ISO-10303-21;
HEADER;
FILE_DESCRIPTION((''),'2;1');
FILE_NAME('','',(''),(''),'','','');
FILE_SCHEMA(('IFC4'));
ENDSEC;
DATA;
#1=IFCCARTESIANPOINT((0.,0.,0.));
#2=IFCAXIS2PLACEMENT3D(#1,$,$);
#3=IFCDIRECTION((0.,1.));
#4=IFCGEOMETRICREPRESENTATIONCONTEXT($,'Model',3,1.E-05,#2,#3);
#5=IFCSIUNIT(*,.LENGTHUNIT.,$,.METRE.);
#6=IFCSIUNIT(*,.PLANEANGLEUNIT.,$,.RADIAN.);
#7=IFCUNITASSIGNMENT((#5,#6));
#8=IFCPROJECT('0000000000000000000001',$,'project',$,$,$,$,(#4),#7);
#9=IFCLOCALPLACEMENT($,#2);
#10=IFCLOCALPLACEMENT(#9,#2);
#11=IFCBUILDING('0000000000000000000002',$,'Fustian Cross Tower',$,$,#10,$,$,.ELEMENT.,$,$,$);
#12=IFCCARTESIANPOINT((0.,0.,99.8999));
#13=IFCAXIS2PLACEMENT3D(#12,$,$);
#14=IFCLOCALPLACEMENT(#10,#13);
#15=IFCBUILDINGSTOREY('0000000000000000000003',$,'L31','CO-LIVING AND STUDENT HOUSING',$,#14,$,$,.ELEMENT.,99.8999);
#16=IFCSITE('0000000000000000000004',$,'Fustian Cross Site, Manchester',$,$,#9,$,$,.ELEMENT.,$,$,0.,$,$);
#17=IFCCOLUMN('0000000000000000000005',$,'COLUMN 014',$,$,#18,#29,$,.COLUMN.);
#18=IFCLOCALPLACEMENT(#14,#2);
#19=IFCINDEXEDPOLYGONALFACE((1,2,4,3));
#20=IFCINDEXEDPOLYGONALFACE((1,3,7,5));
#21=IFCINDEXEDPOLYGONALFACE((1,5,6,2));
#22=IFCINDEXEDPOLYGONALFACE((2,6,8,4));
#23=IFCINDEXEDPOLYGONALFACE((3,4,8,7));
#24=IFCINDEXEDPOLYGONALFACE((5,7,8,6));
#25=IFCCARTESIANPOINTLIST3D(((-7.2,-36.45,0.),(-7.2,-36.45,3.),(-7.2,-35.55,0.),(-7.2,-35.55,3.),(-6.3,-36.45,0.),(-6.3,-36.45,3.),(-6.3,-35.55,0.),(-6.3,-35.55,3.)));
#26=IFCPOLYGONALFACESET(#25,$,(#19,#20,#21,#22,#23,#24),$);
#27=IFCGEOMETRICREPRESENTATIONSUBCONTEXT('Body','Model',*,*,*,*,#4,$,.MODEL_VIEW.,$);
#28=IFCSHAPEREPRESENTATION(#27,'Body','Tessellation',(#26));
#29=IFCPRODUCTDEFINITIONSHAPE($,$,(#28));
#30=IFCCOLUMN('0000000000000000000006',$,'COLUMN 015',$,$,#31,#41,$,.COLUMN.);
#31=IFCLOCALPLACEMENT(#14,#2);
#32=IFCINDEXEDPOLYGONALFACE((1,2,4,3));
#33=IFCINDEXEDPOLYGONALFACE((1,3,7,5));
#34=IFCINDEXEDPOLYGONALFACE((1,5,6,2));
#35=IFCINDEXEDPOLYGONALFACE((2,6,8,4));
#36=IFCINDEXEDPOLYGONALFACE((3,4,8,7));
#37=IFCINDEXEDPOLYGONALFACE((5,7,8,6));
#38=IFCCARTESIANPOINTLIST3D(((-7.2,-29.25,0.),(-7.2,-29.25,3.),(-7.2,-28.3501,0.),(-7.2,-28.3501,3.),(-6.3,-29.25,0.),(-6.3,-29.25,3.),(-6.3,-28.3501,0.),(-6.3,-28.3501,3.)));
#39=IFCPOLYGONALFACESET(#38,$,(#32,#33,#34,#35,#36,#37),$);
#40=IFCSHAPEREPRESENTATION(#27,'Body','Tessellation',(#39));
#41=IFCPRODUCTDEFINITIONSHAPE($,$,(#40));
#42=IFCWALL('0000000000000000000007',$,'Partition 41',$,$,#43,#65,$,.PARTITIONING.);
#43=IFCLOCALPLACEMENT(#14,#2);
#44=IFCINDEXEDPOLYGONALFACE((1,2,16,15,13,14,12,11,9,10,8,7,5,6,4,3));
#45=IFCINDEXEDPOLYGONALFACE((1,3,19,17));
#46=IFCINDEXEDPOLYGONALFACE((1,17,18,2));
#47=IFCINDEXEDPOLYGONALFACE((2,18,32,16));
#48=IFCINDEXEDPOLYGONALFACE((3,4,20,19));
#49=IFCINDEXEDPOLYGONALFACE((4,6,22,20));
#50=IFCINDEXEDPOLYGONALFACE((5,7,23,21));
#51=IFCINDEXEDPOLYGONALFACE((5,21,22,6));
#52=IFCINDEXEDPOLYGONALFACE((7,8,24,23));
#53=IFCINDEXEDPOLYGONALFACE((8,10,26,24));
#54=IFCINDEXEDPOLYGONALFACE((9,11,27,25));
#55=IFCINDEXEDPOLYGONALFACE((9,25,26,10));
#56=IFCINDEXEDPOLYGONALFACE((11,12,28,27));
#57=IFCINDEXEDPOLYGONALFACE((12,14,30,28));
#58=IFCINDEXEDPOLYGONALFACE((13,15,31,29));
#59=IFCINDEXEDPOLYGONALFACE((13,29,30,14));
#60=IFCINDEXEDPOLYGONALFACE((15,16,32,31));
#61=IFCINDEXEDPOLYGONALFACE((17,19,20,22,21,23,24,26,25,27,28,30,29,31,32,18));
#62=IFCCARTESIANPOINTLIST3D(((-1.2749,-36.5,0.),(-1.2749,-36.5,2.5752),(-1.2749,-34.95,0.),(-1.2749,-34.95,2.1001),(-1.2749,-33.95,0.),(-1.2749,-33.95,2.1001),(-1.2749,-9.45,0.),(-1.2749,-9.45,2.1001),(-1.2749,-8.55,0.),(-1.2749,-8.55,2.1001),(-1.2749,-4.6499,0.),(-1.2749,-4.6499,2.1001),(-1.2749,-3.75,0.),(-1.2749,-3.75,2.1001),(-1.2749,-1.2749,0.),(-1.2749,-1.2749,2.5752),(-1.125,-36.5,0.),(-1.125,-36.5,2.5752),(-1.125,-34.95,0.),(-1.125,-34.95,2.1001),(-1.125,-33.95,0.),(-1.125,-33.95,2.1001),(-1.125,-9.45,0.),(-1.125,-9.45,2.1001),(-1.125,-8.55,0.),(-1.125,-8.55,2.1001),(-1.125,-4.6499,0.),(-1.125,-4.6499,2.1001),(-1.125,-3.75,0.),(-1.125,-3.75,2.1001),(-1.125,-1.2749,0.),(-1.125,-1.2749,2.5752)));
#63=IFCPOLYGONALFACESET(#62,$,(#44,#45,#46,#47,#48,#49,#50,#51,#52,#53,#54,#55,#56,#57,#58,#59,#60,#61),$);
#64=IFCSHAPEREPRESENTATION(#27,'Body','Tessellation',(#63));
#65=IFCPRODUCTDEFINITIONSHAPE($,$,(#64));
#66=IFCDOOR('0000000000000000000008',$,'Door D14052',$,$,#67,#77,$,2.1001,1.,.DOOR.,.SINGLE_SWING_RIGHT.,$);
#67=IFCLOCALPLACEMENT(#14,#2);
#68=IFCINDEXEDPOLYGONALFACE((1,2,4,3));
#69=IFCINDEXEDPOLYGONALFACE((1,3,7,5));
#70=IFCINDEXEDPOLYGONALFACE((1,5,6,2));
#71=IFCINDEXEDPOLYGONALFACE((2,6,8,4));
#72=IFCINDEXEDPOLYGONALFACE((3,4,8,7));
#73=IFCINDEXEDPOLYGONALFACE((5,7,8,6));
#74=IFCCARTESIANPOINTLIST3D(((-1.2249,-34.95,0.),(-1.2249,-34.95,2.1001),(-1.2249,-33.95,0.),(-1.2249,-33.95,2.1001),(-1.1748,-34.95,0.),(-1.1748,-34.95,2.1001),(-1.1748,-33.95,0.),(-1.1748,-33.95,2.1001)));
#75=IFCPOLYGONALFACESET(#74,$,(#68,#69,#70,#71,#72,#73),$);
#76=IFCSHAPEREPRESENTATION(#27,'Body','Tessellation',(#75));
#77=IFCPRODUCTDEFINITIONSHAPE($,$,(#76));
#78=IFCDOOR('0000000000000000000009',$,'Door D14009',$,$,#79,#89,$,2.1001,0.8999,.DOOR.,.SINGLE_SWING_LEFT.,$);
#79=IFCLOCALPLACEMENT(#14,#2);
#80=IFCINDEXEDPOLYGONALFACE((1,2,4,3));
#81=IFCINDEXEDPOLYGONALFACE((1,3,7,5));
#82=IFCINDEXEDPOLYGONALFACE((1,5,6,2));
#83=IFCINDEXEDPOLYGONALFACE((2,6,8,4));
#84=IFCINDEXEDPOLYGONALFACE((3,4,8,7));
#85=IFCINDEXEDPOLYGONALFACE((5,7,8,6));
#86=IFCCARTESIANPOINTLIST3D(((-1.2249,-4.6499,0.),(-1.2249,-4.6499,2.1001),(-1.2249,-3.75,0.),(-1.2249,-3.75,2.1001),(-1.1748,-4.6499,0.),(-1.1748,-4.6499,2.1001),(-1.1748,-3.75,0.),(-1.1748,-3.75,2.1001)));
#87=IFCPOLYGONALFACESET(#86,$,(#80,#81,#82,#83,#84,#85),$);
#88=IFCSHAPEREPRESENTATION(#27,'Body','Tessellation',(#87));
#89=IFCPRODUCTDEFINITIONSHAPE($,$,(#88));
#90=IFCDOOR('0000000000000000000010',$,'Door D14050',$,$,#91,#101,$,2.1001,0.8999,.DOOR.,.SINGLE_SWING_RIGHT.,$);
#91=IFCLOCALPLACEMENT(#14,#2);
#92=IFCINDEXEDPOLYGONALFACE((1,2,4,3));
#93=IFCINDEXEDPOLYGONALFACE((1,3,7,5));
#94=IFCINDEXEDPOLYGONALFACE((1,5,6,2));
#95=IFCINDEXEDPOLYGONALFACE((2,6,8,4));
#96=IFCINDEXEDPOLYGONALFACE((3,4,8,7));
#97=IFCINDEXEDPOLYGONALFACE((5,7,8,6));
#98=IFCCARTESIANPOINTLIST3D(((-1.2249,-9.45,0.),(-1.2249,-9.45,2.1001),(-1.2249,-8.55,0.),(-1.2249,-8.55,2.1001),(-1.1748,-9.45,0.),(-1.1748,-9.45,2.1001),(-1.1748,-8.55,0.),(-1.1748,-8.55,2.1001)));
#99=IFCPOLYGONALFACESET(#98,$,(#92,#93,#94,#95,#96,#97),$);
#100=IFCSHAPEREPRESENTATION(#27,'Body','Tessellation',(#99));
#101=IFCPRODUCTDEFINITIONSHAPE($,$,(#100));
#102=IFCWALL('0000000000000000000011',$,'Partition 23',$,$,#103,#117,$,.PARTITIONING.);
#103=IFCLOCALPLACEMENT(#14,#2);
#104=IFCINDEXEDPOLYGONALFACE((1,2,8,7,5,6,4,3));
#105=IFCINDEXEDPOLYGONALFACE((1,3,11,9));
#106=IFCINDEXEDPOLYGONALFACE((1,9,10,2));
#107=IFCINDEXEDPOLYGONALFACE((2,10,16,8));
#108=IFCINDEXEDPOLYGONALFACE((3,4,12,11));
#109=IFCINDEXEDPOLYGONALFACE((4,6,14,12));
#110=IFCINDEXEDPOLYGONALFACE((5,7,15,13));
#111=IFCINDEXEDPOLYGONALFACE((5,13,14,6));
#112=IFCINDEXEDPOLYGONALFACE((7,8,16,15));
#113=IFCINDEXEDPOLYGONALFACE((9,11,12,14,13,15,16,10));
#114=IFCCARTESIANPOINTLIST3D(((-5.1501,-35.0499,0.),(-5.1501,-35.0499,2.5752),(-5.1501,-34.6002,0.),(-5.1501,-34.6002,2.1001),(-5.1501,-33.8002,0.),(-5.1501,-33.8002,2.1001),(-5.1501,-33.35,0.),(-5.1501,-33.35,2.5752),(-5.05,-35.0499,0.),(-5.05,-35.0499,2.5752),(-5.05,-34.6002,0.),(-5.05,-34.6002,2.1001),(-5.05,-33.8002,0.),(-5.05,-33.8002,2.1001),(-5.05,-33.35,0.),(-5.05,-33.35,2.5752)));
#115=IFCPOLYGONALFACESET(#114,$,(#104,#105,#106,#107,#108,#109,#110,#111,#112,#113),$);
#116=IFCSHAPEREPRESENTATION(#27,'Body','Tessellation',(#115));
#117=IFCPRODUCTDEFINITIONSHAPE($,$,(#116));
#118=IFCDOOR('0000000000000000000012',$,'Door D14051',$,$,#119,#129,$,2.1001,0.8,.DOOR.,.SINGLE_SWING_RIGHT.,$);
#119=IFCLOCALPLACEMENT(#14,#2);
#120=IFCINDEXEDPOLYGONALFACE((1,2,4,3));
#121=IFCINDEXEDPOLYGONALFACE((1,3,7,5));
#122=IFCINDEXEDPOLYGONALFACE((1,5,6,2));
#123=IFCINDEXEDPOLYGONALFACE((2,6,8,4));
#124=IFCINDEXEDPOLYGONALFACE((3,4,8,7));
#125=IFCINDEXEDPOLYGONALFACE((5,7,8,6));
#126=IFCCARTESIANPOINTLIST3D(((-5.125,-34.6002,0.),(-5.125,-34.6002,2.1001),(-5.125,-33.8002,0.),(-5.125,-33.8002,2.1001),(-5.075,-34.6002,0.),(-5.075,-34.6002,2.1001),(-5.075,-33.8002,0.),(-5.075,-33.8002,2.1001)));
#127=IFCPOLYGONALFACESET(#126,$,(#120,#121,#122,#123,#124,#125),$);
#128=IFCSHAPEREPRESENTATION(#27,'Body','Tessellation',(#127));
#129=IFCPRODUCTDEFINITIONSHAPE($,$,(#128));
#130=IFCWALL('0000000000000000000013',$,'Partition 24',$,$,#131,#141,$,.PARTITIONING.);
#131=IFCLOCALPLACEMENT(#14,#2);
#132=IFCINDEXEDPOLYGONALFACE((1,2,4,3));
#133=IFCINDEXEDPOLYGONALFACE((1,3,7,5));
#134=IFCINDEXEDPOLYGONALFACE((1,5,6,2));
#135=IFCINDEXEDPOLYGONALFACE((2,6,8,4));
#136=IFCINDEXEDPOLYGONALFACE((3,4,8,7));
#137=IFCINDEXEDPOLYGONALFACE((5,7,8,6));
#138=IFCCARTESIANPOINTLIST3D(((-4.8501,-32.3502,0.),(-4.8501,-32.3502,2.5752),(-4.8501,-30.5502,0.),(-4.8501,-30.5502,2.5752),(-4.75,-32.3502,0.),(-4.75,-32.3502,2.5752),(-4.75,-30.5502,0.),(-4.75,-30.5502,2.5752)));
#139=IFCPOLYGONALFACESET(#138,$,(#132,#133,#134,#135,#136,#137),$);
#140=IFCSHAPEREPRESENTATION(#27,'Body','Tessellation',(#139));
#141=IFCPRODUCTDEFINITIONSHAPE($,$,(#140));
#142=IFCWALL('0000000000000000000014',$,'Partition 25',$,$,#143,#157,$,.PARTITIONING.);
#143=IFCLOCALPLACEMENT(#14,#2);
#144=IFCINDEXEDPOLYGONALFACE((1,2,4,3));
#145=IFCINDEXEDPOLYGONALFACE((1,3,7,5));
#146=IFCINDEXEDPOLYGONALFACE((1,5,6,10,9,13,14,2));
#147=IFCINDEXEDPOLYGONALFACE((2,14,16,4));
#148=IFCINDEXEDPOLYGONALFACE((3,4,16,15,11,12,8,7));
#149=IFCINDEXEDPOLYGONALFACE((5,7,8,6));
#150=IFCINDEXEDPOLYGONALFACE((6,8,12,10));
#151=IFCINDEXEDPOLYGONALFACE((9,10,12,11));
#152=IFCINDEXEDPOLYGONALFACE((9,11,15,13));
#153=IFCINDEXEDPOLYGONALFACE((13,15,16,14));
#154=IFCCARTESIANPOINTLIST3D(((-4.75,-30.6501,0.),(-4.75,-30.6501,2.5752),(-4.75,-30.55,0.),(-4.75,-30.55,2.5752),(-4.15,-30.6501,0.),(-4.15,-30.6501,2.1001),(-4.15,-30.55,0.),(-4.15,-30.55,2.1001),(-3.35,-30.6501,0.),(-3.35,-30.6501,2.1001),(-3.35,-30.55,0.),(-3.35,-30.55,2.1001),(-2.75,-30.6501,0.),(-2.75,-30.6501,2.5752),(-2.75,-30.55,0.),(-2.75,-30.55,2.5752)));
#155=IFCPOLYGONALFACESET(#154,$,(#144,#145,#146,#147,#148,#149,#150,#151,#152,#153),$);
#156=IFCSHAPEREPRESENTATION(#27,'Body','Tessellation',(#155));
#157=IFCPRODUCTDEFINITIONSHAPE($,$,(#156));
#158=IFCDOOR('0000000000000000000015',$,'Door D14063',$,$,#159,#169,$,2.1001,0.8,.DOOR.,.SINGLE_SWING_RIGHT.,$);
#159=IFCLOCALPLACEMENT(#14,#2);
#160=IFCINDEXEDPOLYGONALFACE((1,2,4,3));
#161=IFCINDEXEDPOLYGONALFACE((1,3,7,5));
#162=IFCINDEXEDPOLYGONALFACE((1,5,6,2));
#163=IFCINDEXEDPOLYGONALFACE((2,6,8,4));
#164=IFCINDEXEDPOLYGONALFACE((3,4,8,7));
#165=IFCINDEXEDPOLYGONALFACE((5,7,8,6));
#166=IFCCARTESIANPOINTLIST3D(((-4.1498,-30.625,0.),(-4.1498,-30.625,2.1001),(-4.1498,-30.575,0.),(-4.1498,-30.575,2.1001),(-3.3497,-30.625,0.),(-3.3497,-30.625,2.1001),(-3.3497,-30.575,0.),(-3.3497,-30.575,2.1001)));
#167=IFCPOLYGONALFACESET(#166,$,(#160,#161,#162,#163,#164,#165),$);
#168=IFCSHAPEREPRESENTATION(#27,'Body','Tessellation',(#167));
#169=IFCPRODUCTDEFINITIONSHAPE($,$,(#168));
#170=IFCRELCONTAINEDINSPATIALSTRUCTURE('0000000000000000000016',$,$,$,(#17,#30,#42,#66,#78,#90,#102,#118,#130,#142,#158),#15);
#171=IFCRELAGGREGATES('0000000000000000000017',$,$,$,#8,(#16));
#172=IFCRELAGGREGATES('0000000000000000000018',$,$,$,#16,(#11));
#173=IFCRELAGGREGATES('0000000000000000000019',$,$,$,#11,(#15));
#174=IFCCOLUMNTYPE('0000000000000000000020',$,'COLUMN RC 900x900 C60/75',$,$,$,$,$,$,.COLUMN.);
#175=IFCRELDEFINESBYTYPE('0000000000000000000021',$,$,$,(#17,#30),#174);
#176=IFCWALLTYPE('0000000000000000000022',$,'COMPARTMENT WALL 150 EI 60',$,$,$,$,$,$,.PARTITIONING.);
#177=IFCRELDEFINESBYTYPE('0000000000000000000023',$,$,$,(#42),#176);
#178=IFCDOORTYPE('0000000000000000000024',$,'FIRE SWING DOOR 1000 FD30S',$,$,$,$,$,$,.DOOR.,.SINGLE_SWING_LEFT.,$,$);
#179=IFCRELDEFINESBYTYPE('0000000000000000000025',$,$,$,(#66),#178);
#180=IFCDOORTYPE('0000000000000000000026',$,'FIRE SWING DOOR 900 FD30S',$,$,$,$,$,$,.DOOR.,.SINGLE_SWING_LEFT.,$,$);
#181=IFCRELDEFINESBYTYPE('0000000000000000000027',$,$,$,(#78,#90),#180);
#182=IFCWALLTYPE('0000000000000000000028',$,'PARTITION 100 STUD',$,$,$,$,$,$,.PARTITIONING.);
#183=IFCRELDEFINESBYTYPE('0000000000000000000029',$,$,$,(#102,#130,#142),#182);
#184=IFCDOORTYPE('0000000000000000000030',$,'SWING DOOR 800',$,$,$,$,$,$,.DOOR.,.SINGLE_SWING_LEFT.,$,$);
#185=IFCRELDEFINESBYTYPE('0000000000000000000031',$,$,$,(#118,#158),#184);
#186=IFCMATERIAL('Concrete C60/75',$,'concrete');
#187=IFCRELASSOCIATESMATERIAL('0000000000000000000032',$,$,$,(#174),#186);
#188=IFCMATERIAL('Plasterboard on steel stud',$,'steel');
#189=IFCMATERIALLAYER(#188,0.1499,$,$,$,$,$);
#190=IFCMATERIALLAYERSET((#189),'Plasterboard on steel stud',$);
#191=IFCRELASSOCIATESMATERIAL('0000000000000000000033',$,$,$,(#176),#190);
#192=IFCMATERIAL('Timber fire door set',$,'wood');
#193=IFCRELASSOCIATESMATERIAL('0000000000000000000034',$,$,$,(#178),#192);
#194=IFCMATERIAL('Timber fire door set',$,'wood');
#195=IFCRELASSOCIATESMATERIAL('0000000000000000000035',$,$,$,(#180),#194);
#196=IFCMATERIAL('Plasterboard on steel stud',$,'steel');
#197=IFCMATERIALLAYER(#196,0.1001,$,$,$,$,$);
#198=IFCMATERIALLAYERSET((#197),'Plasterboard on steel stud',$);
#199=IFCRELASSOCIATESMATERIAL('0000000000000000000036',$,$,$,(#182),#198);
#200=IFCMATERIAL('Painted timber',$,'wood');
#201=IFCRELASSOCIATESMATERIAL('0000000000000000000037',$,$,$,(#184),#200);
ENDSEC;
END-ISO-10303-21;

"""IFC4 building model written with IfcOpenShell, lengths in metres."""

from ifc_helpers import new_model, si_unit, direction, frame, frame_2d, origin, origin_2d, place, context, subcontext, project, spatial, rectangle, extrude, material, layer, layer_set, material_profile, profile_set, type_object, element, fill, save


model = new_model("IFC4")

# Units and contexts
model_context = context("Model", 3, precision=1e-05, world=origin(), true_north=direction((0.0, 1.0)))
body_context = subcontext(model_context, "Body", "Model", "MODEL_VIEW")
ifc_project = project(units=[si_unit("LENGTHUNIT", "METRE"), si_unit("PLANEANGLEUNIT", "RADIAN")], contexts=[model_context])

# Site, building, storey
site_placement = place(None, origin())
site = spatial("IfcSite", under=ifc_project, at=site_placement, Name="Fustian Cross Site, Manchester", CompositionType="ELEMENT", RefElevation=0.0)
building_placement = place(site_placement, origin())
building = spatial("IfcBuilding", under=site, at=building_placement, Name="Fustian Cross Tower", CompositionType="ELEMENT")
storey_placement = place(building_placement, frame((0.0, 0.0, 99.8999)))
storey = spatial("IfcBuildingStorey", under=building, at=storey_placement, Name="L31", Description="CO-LIVING AND STUDENT HOUSING", CompositionType="ELEMENT", Elevation=99.8999)

# Columns
ifc_material_1 = material(Name="Concrete C60/75", Category="concrete")
ifc_material_profile = material_profile(ifc_material_1, rectangle(XDim=0.8999, YDim=0.8999, at=origin_2d()), Name="RC 900x900")
ifc_profile_set = profile_set([ifc_material_profile], Name="Concrete C60/75")
column_type = type_object("IfcColumnType", Name="COLUMN RC 900x900 C60/75", PredefinedType="COLUMN", material=ifc_profile_set)
for number, where, z_axis, x_axis, name in (
    (1, (-6.75, -36.0, 0.0), (0.0, 0.0, 1.0), (1.0, 0.0, 0.0), "COLUMN 014"),
    (2, (-6.75, -28.8, 0.0), (0.0, 0.0, 1.0), (1.0, 0.0, 0.0), "COLUMN 015"),
):
    element("IfcColumn", number, at=place(storey_placement, frame(where, z_axis=z_axis, x_axis=x_axis)), inside=storey, type_object=column_type, Name=name, PredefinedType="COLUMN", context=body_context, shape_type="SweptSolid", body=[
        extrude(rectangle(XDim=0.8999, YDim=0.8999, at=origin_2d()), origin(), (0.0, 0.0, 1.0), 3.0),
    ])

# Wall, openings, doors
ifc_material_2 = material(Name="Plasterboard on steel stud", Category="steel")
ifc_layer_1 = layer(ifc_material_2, 0.1499)
ifc_layer_set_1 = layer_set([ifc_layer_1], Name="Plasterboard on steel stud")
wall_type_1 = type_object("IfcWallType", Name="COMPARTMENT WALL 150 EI 60", PredefinedType="PARTITIONING", material=ifc_layer_set_1)
wall_1_placement = place(storey_placement, frame((-1.2, -36.5, 0.0), z_axis=(0.0, 0.0, 1.0), x_axis=(0.0, 1.0, 0.0)))
wall_1 = element("IfcWall", 3, at=wall_1_placement, inside=storey, type_object=wall_type_1, Name="Partition 41", PredefinedType="PARTITIONING", context=body_context, shape_type="SweptSolid", body=[
    extrude(rectangle(XDim=35.2251, YDim=0.1499, at=frame_2d((17.6125, 0.0))), origin(), (0.0, 0.0, 1.0), 2.5752),
])
opening_1_placement = place(wall_1_placement, frame((31.8501, 0.0, 0.0)))
opening_1 = element("IfcOpeningElement", 4, at=opening_1_placement, cuts=wall_1, PredefinedType="OPENING", context=body_context, shape_type="SweptSolid", body=[
    extrude(rectangle(XDim=0.8999, YDim=2.1001, at=frame_2d((0.45, 1.05))), frame((0.0, 0.085, 0.0), z_axis=(0.0, -1.0, 0.0), x_axis=(1.0, 0.0, 0.0)), (0.0, 0.0, 1.0), 0.1699),
])
opening_2_placement = place(wall_1_placement, frame((27.05, 0.0, 0.0)))
opening_2 = element("IfcOpeningElement", 5, at=opening_2_placement, cuts=wall_1, PredefinedType="OPENING", context=body_context, shape_type="SweptSolid", body=[
    extrude(rectangle(XDim=0.8999, YDim=2.1001, at=frame_2d((0.45, 1.05))), frame((0.0, 0.085, 0.0), z_axis=(0.0, -1.0, 0.0), x_axis=(1.0, 0.0, 0.0)), (0.0, 0.0, 1.0), 0.1699),
])
opening_3_placement = place(wall_1_placement, frame((1.55, 0.0, 0.0)))
opening_3 = element("IfcOpeningElement", 6, at=opening_3_placement, cuts=wall_1, PredefinedType="OPENING", context=body_context, shape_type="SweptSolid", body=[
    extrude(rectangle(XDim=1.0, YDim=2.1001, at=frame_2d((0.5, 1.05))), frame((0.0, 0.085, 0.0), z_axis=(0.0, -1.0, 0.0), x_axis=(1.0, 0.0, 0.0)), (0.0, 0.0, 1.0), 0.1699),
])
ifc_material_3 = material(Name="Timber fire door set", Category="wood")
door_type_1 = type_object("IfcDoorType", Name="FIRE SWING DOOR 1000 FD30S", OperationType="SINGLE_SWING_LEFT", PredefinedType="DOOR", material=ifc_material_3)
door_1_placement = place(opening_3_placement, origin())
door_1 = element("IfcDoor", 7, at=door_1_placement, inside=storey, type_object=door_type_1, Name="Door D14052", OperationType="SINGLE_SWING_RIGHT", OverallHeight=2.1001, OverallWidth=1.0, PredefinedType="DOOR", context=body_context, shape_type="SweptSolid", body=[
    extrude(rectangle(XDim=1.0, YDim=2.1001, at=frame_2d((0.5, 1.05))), frame((0.0, 0.0249, 0.0), z_axis=(0.0, -1.0, 0.0), x_axis=(1.0, 0.0, 0.0)), (0.0, 0.0, 1.0), 0.05),
])
fill(opening_3, door_1)
ifc_material_4 = material(Name="Timber fire door set", Category="wood")
door_type_2 = type_object("IfcDoorType", Name="FIRE SWING DOOR 900 FD30S", OperationType="SINGLE_SWING_LEFT", PredefinedType="DOOR", material=ifc_material_4)
door_2_placement = place(opening_1_placement, origin())
door_2 = element("IfcDoor", 8, at=door_2_placement, inside=storey, type_object=door_type_2, Name="Door D14009", OperationType="SINGLE_SWING_LEFT", OverallHeight=2.1001, OverallWidth=0.8999, PredefinedType="DOOR", context=body_context, shape_type="SweptSolid", body=[
    extrude(rectangle(XDim=0.8999, YDim=2.1001, at=frame_2d((0.45, 1.05))), frame((0.0, 0.0249, 0.0), z_axis=(0.0, -1.0, 0.0), x_axis=(1.0, 0.0, 0.0)), (0.0, 0.0, 1.0), 0.05),
])
fill(opening_1, door_2)
door_3_placement = place(opening_2_placement, origin())
door_3 = element("IfcDoor", 9, at=door_3_placement, inside=storey, type_object=door_type_2, Name="Door D14050", OperationType="SINGLE_SWING_RIGHT", OverallHeight=2.1001, OverallWidth=0.8999, PredefinedType="DOOR", context=body_context, shape_type="SweptSolid", body=[
    extrude(rectangle(XDim=0.8999, YDim=2.1001, at=frame_2d((0.45, 1.05))), frame((0.0, 0.0249, 0.0), z_axis=(0.0, -1.0, 0.0), x_axis=(1.0, 0.0, 0.0)), (0.0, 0.0, 1.0), 0.05),
])
fill(opening_2, door_3)

# Wall, opening, door
ifc_material_5 = material(Name="Plasterboard on steel stud", Category="steel")
ifc_layer_2 = layer(ifc_material_5, 0.1001)
ifc_layer_set_2 = layer_set([ifc_layer_2], Name="Plasterboard on steel stud")
wall_type_2 = type_object("IfcWallType", Name="PARTITION 100 STUD", PredefinedType="PARTITIONING", material=ifc_layer_set_2)
wall_2_placement = place(storey_placement, frame((-5.1001, -35.05, 0.0), z_axis=(0.0, 0.0, 1.0), x_axis=(0.0, 1.0, 0.0)))
wall_2 = element("IfcWall", 10, at=wall_2_placement, inside=storey, type_object=wall_type_2, Name="Partition 23", PredefinedType="PARTITIONING", context=body_context, shape_type="SweptSolid", body=[
    extrude(rectangle(XDim=1.7, YDim=0.1001, at=frame_2d((0.8501, 0.0))), origin(), (0.0, 0.0, 1.0), 2.5752),
])
opening_4_placement = place(wall_2_placement, frame((0.45, 0.0, 0.0)))
opening_4 = element("IfcOpeningElement", 11, at=opening_4_placement, cuts=wall_2, PredefinedType="OPENING", context=body_context, shape_type="SweptSolid", body=[
    extrude(rectangle(XDim=0.8, YDim=2.1001, at=frame_2d((0.3999, 1.05))), frame((0.0, 0.0601, 0.0), z_axis=(0.0, -1.0, 0.0), x_axis=(1.0, 0.0, 0.0)), (0.0, 0.0, 1.0), 0.1201),
])
ifc_material_6 = material(Name="Painted timber", Category="wood")
door_type_3 = type_object("IfcDoorType", Name="SWING DOOR 800", OperationType="SINGLE_SWING_LEFT", PredefinedType="DOOR", material=ifc_material_6)
door_4_placement = place(opening_4_placement, origin())
door_4 = element("IfcDoor", 12, at=door_4_placement, inside=storey, type_object=door_type_3, Name="Door D14051", OperationType="SINGLE_SWING_RIGHT", OverallHeight=2.1001, OverallWidth=0.8, PredefinedType="DOOR", context=body_context, shape_type="SweptSolid", body=[
    extrude(rectangle(XDim=0.8, YDim=2.1001, at=frame_2d((0.3999, 1.05))), frame((0.0, 0.0249, 0.0), z_axis=(0.0, -1.0, 0.0), x_axis=(1.0, 0.0, 0.0)), (0.0, 0.0, 1.0), 0.05),
])
fill(opening_4, door_4)

# Wall
wall_3_placement = place(storey_placement, frame((-4.8, -32.3501, 0.0), z_axis=(0.0, 0.0, 1.0), x_axis=(0.0, 1.0, 0.0)))
element("IfcWall", 13, at=wall_3_placement, inside=storey, type_object=wall_type_2, Name="Partition 24", PredefinedType="PARTITIONING", context=body_context, shape_type="SweptSolid", body=[
    extrude(rectangle(XDim=1.8, YDim=0.1001, at=frame_2d((0.8999, 0.0))), origin(), (0.0, 0.0, 1.0), 2.5752),
])

# Wall, opening, door
wall_4_placement = place(storey_placement, frame((-4.75, -30.6001, 0.0), z_axis=(0.0, 0.0, 1.0), x_axis=(1.0, 0.0, 0.0)))
wall_4 = element("IfcWall", 14, at=wall_4_placement, inside=storey, type_object=wall_type_2, Name="Partition 25", PredefinedType="PARTITIONING", context=body_context, shape_type="SweptSolid", body=[
    extrude(rectangle(XDim=2.0, YDim=0.1001, at=frame_2d((1.0, 0.0))), origin(), (0.0, 0.0, 1.0), 2.5752),
])
opening_5_placement = place(wall_4_placement, frame((0.6001, 0.0, 0.0)))
opening_5 = element("IfcOpeningElement", 15, at=opening_5_placement, cuts=wall_4, PredefinedType="OPENING", context=body_context, shape_type="SweptSolid", body=[
    extrude(rectangle(XDim=0.8, YDim=2.1001, at=frame_2d((0.3999, 1.05))), frame((0.0, 0.0601, 0.0), z_axis=(0.0, -1.0, 0.0), x_axis=(1.0, 0.0, 0.0)), (0.0, 0.0, 1.0), 0.1201),
])
door_5_placement = place(opening_5_placement, frame((0.8, 0.0, 0.0), z_axis=(0.0, 0.0, 1.0), x_axis=(-1.0, 0.0, 0.0)))
door_5 = element("IfcDoor", 16, at=door_5_placement, inside=storey, type_object=door_type_3, Name="Door D14063", OperationType="SINGLE_SWING_RIGHT", OverallHeight=2.1001, OverallWidth=0.8, PredefinedType="DOOR", context=body_context, shape_type="SweptSolid", body=[
    extrude(rectangle(XDim=0.8, YDim=2.1001, at=frame_2d((0.3999, 1.05))), frame((0.0, 0.0249, 0.0), z_axis=(0.0, -1.0, 0.0), x_axis=(1.0, 0.0, 0.0)), (0.0, 0.0, 1.0), 0.05),
])
fill(opening_5, door_5)

save(model, "model.ifc")
